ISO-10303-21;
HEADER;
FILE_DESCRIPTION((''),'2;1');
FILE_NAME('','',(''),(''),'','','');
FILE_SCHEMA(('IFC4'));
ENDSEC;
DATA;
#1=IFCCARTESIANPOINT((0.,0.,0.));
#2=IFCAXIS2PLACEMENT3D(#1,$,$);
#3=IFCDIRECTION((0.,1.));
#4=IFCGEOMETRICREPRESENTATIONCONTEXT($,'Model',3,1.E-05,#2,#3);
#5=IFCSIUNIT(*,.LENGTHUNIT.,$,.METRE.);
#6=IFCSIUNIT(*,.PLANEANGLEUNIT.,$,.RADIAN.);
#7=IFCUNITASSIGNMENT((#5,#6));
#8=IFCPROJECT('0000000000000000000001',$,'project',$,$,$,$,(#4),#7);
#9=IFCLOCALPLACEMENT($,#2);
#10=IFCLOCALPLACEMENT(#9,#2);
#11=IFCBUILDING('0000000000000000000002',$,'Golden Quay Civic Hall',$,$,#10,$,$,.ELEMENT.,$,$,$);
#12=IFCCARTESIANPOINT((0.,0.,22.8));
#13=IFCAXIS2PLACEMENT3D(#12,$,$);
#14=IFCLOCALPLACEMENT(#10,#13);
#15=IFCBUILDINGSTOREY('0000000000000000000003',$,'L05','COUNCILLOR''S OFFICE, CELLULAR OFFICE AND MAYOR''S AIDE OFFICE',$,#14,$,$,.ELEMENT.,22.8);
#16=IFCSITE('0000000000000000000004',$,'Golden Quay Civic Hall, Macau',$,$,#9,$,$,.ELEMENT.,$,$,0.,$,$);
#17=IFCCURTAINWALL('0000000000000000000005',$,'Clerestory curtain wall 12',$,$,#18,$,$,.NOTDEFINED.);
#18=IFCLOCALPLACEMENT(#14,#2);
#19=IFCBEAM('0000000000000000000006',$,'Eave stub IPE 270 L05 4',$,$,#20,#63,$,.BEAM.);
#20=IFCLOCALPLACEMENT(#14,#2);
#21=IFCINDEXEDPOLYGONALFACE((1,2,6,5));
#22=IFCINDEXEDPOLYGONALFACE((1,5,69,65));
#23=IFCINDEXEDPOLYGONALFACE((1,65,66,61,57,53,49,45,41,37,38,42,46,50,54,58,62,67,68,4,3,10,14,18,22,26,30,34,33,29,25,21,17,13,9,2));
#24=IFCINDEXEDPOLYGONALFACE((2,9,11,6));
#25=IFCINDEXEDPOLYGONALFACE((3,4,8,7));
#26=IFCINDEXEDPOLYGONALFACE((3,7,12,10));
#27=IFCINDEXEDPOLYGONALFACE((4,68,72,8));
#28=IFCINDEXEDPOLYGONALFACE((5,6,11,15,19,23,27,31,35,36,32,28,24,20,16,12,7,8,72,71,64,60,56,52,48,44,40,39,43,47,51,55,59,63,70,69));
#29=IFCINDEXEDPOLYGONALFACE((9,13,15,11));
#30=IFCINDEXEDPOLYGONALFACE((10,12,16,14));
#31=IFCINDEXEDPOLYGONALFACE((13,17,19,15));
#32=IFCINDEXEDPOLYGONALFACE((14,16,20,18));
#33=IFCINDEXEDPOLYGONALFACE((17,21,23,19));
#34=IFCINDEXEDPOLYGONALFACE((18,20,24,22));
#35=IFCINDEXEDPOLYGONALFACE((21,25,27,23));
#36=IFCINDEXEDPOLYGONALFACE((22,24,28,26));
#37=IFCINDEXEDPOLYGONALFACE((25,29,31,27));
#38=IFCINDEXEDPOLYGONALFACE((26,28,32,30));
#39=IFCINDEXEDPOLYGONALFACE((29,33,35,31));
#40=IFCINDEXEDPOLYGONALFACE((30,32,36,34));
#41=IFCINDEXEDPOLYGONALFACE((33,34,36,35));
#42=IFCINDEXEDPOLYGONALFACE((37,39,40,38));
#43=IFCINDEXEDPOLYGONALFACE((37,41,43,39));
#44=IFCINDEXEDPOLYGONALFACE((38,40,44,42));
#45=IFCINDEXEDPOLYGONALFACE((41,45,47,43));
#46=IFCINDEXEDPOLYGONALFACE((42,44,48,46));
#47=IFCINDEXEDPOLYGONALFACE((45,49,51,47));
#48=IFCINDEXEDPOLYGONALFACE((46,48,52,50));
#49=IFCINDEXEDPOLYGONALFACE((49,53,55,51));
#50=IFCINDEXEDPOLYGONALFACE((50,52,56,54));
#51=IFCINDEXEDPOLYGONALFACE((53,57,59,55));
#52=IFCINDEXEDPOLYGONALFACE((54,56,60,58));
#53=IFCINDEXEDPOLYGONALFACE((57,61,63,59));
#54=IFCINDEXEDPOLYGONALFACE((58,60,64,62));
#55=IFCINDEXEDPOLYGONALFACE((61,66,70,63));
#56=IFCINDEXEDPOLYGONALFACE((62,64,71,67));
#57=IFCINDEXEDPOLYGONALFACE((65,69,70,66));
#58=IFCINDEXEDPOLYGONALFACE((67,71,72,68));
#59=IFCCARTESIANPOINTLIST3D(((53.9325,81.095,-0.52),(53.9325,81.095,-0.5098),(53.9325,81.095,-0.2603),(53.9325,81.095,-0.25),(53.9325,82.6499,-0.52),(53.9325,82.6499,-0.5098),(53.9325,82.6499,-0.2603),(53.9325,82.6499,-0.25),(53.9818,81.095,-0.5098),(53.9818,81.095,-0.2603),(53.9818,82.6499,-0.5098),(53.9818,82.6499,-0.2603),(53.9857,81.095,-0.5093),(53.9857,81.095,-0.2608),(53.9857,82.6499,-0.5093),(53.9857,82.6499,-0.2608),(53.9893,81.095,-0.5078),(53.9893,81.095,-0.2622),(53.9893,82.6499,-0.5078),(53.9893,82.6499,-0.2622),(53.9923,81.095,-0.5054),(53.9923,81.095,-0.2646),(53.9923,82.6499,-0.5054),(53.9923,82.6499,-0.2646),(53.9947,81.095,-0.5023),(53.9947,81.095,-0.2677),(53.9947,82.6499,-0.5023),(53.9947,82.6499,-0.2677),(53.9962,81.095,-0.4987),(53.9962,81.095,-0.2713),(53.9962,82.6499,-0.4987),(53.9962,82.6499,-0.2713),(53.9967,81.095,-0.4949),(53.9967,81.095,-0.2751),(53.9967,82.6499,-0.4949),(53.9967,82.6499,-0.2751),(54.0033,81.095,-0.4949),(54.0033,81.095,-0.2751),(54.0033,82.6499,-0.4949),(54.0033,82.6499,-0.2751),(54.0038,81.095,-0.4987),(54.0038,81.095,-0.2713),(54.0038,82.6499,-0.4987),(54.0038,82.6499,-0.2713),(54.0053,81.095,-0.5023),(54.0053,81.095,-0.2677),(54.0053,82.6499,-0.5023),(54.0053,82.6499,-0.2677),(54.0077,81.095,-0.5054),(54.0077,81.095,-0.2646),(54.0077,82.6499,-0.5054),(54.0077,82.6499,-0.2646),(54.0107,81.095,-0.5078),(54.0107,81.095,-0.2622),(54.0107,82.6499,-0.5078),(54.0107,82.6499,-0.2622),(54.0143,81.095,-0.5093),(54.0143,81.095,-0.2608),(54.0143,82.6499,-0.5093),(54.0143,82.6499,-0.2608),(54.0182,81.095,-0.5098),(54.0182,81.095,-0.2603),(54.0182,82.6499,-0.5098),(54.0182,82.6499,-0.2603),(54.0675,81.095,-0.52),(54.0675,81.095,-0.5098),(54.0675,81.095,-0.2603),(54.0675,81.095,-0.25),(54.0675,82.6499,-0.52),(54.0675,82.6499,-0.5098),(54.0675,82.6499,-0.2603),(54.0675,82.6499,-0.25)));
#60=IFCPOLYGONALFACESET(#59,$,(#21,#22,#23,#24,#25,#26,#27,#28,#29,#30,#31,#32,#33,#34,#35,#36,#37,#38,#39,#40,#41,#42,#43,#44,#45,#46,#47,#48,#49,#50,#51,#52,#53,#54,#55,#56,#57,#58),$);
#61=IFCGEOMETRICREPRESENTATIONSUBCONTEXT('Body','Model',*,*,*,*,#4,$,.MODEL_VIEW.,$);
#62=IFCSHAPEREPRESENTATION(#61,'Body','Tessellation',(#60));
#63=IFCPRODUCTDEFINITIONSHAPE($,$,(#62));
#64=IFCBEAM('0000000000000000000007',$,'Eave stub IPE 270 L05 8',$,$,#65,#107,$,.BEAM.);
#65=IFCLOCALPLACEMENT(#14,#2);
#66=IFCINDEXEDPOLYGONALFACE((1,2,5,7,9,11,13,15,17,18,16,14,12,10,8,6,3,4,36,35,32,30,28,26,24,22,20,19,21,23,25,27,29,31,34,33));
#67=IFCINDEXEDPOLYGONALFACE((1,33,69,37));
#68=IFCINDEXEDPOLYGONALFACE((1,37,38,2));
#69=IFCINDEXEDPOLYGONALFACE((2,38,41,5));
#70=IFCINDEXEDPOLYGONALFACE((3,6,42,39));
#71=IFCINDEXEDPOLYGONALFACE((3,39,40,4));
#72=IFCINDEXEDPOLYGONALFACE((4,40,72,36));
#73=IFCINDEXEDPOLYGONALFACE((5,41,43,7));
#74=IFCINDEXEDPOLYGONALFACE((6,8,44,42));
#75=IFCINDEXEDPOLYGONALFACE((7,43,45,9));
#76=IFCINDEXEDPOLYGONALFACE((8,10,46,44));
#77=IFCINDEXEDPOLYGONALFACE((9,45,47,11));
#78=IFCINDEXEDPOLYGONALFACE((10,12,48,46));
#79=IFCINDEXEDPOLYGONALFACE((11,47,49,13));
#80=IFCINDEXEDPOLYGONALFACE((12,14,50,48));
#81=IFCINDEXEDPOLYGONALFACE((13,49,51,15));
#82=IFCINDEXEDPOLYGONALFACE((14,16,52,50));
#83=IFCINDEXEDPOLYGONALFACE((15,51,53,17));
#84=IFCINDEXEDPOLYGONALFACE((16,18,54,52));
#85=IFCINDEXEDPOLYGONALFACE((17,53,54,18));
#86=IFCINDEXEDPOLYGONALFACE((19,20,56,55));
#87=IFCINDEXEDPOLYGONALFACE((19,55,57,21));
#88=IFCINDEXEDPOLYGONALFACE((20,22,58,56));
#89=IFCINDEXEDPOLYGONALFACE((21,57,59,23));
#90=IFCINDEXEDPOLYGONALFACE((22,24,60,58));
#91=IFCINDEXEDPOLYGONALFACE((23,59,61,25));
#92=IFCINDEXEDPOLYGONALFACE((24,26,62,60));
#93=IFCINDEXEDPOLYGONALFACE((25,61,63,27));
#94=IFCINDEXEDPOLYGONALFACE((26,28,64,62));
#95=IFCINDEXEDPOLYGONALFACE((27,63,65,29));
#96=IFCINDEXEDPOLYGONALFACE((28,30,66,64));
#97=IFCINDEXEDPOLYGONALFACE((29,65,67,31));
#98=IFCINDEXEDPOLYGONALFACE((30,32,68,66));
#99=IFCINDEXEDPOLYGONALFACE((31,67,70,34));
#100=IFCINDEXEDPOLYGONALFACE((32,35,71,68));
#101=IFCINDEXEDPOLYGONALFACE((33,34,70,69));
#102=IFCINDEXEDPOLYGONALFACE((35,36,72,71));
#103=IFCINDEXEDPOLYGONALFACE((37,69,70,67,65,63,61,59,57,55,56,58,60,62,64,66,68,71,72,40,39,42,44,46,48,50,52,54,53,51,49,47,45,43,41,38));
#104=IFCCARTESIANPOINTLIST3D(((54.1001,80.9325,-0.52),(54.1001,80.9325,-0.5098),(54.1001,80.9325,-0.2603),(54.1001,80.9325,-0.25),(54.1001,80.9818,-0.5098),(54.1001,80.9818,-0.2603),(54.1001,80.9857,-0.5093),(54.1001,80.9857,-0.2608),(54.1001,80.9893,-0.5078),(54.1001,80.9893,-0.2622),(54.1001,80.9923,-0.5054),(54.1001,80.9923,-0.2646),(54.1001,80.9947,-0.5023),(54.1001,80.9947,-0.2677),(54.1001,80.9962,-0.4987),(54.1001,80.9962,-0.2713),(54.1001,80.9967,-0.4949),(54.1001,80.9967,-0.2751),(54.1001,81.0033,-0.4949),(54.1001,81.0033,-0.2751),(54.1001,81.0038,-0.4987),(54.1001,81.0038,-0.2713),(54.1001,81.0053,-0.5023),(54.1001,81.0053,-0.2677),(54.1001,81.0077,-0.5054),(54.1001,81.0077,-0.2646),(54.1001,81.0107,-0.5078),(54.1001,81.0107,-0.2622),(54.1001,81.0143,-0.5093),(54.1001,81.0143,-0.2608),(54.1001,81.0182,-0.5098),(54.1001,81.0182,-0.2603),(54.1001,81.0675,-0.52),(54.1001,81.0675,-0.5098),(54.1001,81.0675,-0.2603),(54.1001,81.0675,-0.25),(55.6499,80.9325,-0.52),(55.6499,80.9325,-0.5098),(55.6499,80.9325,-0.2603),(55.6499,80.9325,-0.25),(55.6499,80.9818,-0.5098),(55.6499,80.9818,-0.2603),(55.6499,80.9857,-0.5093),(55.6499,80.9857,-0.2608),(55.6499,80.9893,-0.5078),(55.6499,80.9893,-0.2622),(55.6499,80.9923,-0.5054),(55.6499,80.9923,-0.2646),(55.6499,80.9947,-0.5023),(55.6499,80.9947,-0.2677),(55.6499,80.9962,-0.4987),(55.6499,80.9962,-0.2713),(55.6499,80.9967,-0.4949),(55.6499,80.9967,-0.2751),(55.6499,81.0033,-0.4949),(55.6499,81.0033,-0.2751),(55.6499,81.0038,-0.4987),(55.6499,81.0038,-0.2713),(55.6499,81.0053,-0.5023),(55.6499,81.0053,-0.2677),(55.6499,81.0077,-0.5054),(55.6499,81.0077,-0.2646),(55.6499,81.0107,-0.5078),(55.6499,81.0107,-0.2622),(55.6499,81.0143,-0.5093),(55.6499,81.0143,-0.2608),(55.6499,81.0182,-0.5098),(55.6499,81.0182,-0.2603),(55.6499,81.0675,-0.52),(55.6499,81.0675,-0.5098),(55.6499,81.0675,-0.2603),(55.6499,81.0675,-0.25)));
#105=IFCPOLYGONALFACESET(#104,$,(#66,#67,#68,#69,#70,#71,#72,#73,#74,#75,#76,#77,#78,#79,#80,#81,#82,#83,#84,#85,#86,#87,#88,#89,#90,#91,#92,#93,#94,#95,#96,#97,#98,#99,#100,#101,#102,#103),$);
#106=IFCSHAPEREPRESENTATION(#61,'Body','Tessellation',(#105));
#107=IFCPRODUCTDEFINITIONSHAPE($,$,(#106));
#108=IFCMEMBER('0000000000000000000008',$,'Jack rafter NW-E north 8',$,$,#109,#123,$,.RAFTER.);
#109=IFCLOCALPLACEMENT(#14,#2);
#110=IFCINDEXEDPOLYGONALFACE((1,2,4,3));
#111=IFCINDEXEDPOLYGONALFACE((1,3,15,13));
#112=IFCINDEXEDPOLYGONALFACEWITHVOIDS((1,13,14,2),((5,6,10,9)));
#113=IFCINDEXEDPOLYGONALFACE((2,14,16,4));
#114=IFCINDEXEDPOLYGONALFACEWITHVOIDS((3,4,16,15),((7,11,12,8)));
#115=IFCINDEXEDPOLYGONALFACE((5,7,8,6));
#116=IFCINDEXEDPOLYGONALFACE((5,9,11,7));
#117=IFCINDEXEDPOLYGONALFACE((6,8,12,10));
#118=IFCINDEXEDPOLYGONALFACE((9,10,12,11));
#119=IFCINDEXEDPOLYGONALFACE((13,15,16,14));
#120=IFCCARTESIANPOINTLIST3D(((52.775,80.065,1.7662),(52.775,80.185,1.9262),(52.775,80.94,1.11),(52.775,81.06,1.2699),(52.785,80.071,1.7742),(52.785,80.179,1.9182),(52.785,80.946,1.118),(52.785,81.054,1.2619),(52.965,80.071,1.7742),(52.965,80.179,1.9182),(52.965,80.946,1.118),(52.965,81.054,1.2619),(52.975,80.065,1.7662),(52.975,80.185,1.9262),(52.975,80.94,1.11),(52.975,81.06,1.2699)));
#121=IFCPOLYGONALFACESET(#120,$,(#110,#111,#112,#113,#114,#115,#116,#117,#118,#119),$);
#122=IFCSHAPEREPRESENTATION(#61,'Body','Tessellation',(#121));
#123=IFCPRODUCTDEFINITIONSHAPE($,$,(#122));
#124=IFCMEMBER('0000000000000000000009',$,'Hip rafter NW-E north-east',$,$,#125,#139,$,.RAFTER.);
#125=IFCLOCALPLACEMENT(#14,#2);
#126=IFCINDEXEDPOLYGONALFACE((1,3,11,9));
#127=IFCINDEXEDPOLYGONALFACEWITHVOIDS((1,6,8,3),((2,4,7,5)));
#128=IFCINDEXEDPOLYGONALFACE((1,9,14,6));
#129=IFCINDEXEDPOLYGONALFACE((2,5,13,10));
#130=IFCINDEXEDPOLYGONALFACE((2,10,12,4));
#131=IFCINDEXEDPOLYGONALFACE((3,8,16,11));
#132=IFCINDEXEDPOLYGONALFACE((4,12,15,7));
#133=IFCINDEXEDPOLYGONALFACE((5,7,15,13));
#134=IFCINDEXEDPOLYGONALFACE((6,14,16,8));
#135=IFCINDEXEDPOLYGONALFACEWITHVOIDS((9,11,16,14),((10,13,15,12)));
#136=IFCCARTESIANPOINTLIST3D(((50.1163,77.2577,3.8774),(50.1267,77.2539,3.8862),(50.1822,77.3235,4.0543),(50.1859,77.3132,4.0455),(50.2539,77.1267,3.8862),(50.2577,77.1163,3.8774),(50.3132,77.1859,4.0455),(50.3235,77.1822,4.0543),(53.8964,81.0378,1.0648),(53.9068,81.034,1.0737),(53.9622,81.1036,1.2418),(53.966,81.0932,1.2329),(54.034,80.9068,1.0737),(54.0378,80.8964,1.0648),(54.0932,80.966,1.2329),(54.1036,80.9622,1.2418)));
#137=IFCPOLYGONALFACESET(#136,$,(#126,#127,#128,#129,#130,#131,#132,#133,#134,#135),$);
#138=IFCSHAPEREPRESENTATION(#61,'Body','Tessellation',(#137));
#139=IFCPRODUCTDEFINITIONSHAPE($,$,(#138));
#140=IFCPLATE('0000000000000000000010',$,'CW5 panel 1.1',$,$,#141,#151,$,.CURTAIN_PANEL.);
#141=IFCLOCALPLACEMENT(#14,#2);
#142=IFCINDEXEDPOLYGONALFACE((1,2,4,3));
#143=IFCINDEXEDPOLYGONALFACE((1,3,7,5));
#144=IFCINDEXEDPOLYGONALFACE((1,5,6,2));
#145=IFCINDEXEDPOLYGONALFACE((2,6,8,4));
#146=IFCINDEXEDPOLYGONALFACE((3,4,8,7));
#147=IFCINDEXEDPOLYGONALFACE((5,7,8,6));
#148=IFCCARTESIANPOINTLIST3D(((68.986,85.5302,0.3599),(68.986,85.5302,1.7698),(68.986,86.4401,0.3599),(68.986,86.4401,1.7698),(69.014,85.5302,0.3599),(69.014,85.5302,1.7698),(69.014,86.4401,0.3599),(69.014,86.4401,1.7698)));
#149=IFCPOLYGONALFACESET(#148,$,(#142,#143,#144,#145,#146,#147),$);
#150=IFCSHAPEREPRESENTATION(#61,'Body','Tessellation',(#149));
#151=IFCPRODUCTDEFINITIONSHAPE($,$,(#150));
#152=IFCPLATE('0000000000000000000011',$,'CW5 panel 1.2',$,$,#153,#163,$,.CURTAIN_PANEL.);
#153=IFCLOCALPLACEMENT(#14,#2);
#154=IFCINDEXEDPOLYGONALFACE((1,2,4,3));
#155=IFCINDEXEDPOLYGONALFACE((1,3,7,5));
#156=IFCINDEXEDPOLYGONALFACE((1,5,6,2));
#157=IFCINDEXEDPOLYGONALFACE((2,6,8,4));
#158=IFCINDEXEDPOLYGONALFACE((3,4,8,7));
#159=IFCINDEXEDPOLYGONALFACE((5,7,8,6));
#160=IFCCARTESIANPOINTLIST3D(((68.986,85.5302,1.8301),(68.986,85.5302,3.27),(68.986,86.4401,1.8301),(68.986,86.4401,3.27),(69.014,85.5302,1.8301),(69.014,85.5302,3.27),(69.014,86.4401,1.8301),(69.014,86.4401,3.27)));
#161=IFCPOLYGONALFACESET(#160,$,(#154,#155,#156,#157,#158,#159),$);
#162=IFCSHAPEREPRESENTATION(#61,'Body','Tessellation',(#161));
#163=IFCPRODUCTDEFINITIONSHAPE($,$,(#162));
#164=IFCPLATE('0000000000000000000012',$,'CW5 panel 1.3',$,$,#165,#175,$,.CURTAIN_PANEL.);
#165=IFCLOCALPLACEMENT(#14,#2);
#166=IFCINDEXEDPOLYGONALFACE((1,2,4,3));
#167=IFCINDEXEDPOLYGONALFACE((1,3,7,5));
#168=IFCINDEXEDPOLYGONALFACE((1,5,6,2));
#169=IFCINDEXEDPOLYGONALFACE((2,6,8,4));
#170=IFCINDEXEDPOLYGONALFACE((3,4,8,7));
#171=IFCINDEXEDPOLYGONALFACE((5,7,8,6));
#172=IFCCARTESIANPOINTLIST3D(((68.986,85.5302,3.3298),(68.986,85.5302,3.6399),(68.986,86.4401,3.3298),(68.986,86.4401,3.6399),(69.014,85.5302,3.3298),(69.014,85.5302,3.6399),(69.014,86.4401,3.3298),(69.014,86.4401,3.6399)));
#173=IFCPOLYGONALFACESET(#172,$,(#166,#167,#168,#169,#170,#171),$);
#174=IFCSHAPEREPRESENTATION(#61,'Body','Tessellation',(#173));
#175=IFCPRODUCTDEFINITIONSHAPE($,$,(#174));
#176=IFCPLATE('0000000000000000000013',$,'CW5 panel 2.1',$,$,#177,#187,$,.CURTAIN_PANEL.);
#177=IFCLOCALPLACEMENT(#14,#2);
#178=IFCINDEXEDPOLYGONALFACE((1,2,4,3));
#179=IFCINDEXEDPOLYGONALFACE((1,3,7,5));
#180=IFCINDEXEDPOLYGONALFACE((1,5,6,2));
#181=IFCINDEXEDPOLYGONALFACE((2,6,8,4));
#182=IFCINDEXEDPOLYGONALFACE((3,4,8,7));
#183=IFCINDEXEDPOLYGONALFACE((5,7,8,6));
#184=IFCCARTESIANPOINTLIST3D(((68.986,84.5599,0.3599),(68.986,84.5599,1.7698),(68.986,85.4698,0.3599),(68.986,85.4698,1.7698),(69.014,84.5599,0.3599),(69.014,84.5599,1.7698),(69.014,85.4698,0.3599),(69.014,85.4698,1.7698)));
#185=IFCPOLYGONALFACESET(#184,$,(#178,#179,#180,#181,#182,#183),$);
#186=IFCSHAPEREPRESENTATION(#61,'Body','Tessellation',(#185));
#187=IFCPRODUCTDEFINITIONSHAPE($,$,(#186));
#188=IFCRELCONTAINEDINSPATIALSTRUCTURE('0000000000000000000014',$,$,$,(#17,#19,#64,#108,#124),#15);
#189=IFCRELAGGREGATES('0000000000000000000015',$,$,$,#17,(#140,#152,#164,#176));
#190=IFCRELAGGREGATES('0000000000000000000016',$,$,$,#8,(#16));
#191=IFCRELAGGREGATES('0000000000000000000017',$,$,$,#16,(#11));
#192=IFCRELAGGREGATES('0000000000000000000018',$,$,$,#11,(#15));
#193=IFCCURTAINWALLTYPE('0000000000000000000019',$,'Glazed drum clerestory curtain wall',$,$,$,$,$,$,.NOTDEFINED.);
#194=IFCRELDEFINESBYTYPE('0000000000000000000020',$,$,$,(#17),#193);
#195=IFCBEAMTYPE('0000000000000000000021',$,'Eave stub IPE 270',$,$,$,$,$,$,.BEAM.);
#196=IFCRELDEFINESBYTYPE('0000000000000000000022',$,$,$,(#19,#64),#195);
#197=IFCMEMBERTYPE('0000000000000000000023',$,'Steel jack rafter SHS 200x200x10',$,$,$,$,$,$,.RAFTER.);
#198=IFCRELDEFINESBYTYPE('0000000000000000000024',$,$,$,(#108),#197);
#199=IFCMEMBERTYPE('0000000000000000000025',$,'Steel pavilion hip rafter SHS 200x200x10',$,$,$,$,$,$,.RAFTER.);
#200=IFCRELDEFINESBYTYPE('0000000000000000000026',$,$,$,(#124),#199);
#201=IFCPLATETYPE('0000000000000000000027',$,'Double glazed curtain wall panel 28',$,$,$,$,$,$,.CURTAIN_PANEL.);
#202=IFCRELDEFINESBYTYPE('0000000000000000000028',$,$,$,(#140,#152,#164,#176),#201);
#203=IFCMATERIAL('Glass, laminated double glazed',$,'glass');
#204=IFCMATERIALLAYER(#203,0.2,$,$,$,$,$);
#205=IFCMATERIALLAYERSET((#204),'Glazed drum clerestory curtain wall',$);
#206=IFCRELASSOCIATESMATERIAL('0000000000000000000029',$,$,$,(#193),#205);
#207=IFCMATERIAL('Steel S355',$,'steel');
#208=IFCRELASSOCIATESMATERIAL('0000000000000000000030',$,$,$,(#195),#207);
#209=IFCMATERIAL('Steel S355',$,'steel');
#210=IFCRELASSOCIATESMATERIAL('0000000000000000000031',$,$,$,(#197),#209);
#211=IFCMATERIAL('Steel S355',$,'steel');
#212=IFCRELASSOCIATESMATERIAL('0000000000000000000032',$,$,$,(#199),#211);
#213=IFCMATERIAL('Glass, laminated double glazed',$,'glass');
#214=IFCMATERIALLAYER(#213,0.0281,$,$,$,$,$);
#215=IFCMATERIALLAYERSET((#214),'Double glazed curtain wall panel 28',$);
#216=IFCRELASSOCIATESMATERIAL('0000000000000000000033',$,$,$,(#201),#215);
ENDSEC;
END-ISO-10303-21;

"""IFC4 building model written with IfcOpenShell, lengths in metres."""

from ifc_helpers import new_model, si_unit, direction, frame, origin, origin_2d, place, context, subcontext, project, spatial, rectangle, hollow_rectangle, i_section, extrude, material, layer, layer_set, material_profile, profile_set, type_object, element, aggregate, save


model = new_model("IFC4")

# Units and contexts
model_context = context("Model", 3, precision=1e-05, world=origin(), true_north=direction((0.0, 1.0)))
body_context = subcontext(model_context, "Body", "Model", "MODEL_VIEW")
ifc_project = project(units=[si_unit("LENGTHUNIT", "METRE"), si_unit("PLANEANGLEUNIT", "RADIAN")], contexts=[model_context])

# Site, building, storey
site_placement = place(None, origin())
site = spatial("IfcSite", under=ifc_project, at=site_placement, Name="Golden Quay Civic Hall, Macau", CompositionType="ELEMENT", RefElevation=0.0)
building_placement = place(site_placement, origin())
building = spatial("IfcBuilding", under=site, at=building_placement, Name="Golden Quay Civic Hall", CompositionType="ELEMENT")
storey_placement = place(building_placement, frame((0.0, 0.0, 22.8)))
storey = spatial("IfcBuildingStorey", under=building, at=storey_placement, Name="L05", Description="COUNCILLOR'S OFFICE, CELLULAR OFFICE AND MAYOR'S AIDE OFFICE", CompositionType="ELEMENT", Elevation=22.8)

# Curtain wall
ifc_material_1 = material(Name="Glass, laminated double glazed", Category="glass")
ifc_layer_1 = layer(ifc_material_1, 0.2)
ifc_layer_set_1 = layer_set([ifc_layer_1], Name="Glazed drum clerestory curtain wall")
curtain_wall_type = type_object("IfcCurtainWallType", Name="Glazed drum clerestory curtain wall", PredefinedType="NOTDEFINED", material=ifc_layer_set_1)
curtain_wall_1_placement = place(storey_placement, origin())
curtain_wall_1 = element("IfcCurtainWall", 1, at=curtain_wall_1_placement, inside=storey, type_object=curtain_wall_type, Name="Clerestory curtain wall 12", PredefinedType="NOTDEFINED")

# Beams
ifc_material_2 = material(Name="Steel S355", Category="steel")
ifc_material_profile_1 = material_profile(ifc_material_2, i_section(OverallWidth=0.135, OverallDepth=0.27, WebThickness=0.0066, FlangeThickness=0.0103, FilletRadius=0.0149, at=origin_2d()), Name="IPE 270")
ifc_profile_set_1 = profile_set([ifc_material_profile_1], Name="Steel S355")
beam_type_1 = type_object("IfcBeamType", Name="Eave stub IPE 270", PredefinedType="BEAM", material=ifc_profile_set_1)
for number, where, z_axis, x_axis, name in (
    (2, (54.0, 81.095, -0.385), (0.0, 1.0, 0.0), (-1.0, 0.0, 0.0), "Eave stub IPE 270 L05 4"),
):
    element("IfcBeam", number, at=place(storey_placement, frame(where, z_axis=z_axis, x_axis=x_axis)), inside=storey, type_object=beam_type_1, Name=name, PredefinedType="BEAM", context=body_context, shape_type="SweptSolid", body=[
        extrude(i_section(OverallWidth=0.135, OverallDepth=0.27, WebThickness=0.0066, FlangeThickness=0.0103, FilletRadius=0.0149, at=origin_2d()), origin(), (0.0, 0.0, 1.0), 1.5549),
    ])
beam_1_placement = place(storey_placement, frame((54.1001, 81.0, -0.385), z_axis=(1.0, 0.0, 0.0), x_axis=(0.0, 1.0, 0.0)))
element("IfcBeam", 3, at=beam_1_placement, inside=storey, type_object=beam_type_1, Name="Eave stub IPE 270 L05 8", PredefinedType="BEAM", context=body_context, shape_type="SweptSolid", body=[
    extrude(i_section(OverallWidth=0.135, OverallDepth=0.27, WebThickness=0.0066, FlangeThickness=0.0103, FilletRadius=0.0149, at=origin_2d()), origin(), (0.0, 0.0, 1.0), 1.5498),
])

# Members
ifc_material_3 = material(Name="Steel S355", Category="steel")
ifc_material_profile_2 = material_profile(ifc_material_3, hollow_rectangle(XDim=0.2, YDim=0.2, WallThickness=0.01, at=origin_2d()), Name="SHS 200x200x10")
ifc_profile_set_2 = profile_set([ifc_material_profile_2], Name="Steel S355")
member_type_1 = type_object("IfcMemberType", Name="Steel jack rafter SHS 200x200x10", PredefinedType="RAFTER", material=ifc_profile_set_2)
member_1_placement = place(storey_placement, frame((52.875, 81.0, 1.1899), z_axis=(0.0, -0.8, 0.6), x_axis=(1.0, 0.0, 0.0)))
element("IfcMember", 4, at=member_1_placement, inside=storey, type_object=member_type_1, Name="Jack rafter NW-E north 8", PredefinedType="RAFTER", context=body_context, shape_type="SweptSolid", body=[
    extrude(hollow_rectangle(XDim=0.2, YDim=0.2, WallThickness=0.01, at=origin_2d()), origin(), (0.0, 0.0, 1.0), 1.0938),
])
ifc_material_4 = material(Name="Steel S355", Category="steel")
ifc_material_profile_3 = material_profile(ifc_material_4, hollow_rectangle(XDim=0.2, YDim=0.2, WallThickness=0.01, at=origin_2d()), Name="SHS 200x200x10")
ifc_profile_set_3 = profile_set([ifc_material_profile_3], Name="Steel S355")
member_type_2 = type_object("IfcMemberType", Name="Steel pavilion hip rafter SHS 200x200x10", PredefinedType="RAFTER", material=ifc_profile_set_3)
member_2_placement = place(storey_placement, frame((54.0, 81.0, 1.1533), z_axis=(-0.625783, -0.625783, 0.465609), x_axis=(0.707107, -0.707107, 0.0)))
element("IfcMember", 5, at=member_2_placement, inside=storey, type_object=member_type_2, Name="Hip rafter NW-E north-east", PredefinedType="RAFTER", context=body_context, shape_type="SweptSolid", body=[
    extrude(hollow_rectangle(XDim=0.2, YDim=0.2, WallThickness=0.01, at=origin_2d()), origin(), (0.0, 0.0, 1.0), 6.0405),
])

# Plates
ifc_material_5 = material(Name="Glass, laminated double glazed", Category="glass")
ifc_layer_2 = layer(ifc_material_5, 0.0281)
ifc_layer_set_2 = layer_set([ifc_layer_2], Name="Double glazed curtain wall panel 28")
plate_type = type_object("IfcPlateType", Name="Double glazed curtain wall panel 28", PredefinedType="CURTAIN_PANEL", material=ifc_layer_set_2)
plate_1_placement = place(storey_placement, frame((69.0, 85.9851, 0.3599), z_axis=(0.0, 0.0, 1.0), x_axis=(0.0, -1.0, 0.0)))
plate_1 = element("IfcPlate", 6, at=plate_1_placement, type_object=plate_type, Name="CW5 panel 1.1", PredefinedType="CURTAIN_PANEL", context=body_context, shape_type="SweptSolid", body=[
    extrude(rectangle(XDim=0.9099, YDim=0.0281, at=origin_2d()), origin(), (0.0, 0.0, 1.0), 1.4099),
])
plate_2_placement = place(storey_placement, frame((69.0, 85.9851, 1.8301), z_axis=(0.0, 0.0, 1.0), x_axis=(0.0, -1.0, 0.0)))
plate_2 = element("IfcPlate", 7, at=plate_2_placement, type_object=plate_type, Name="CW5 panel 1.2", PredefinedType="CURTAIN_PANEL", context=body_context, shape_type="SweptSolid", body=[
    extrude(rectangle(XDim=0.9099, YDim=0.0281, at=origin_2d()), origin(), (0.0, 0.0, 1.0), 1.4399),
])
plate_3_placement = place(storey_placement, frame((69.0, 85.9851, 3.3298), z_axis=(0.0, 0.0, 1.0), x_axis=(0.0, -1.0, 0.0)))
plate_3 = element("IfcPlate", 8, at=plate_3_placement, type_object=plate_type, Name="CW5 panel 1.3", PredefinedType="CURTAIN_PANEL", context=body_context, shape_type="SweptSolid", body=[
    extrude(rectangle(XDim=0.9099, YDim=0.0281, at=origin_2d()), origin(), (0.0, 0.0, 1.0), 0.3101),
])
plate_4_placement = place(storey_placement, frame((69.0, 85.0149, 0.3599), z_axis=(0.0, 0.0, 1.0), x_axis=(0.0, -1.0, 0.0)))
plate_4 = element("IfcPlate", 9, at=plate_4_placement, type_object=plate_type, Name="CW5 panel 2.1", PredefinedType="CURTAIN_PANEL", context=body_context, shape_type="SweptSolid", body=[
    extrude(rectangle(XDim=0.9099, YDim=0.0281, at=origin_2d()), origin(), (0.0, 0.0, 1.0), 1.4099),
])
aggregate(curtain_wall_1, [plate_1, plate_2, plate_3, plate_4])

save(model, "model.ifc")
